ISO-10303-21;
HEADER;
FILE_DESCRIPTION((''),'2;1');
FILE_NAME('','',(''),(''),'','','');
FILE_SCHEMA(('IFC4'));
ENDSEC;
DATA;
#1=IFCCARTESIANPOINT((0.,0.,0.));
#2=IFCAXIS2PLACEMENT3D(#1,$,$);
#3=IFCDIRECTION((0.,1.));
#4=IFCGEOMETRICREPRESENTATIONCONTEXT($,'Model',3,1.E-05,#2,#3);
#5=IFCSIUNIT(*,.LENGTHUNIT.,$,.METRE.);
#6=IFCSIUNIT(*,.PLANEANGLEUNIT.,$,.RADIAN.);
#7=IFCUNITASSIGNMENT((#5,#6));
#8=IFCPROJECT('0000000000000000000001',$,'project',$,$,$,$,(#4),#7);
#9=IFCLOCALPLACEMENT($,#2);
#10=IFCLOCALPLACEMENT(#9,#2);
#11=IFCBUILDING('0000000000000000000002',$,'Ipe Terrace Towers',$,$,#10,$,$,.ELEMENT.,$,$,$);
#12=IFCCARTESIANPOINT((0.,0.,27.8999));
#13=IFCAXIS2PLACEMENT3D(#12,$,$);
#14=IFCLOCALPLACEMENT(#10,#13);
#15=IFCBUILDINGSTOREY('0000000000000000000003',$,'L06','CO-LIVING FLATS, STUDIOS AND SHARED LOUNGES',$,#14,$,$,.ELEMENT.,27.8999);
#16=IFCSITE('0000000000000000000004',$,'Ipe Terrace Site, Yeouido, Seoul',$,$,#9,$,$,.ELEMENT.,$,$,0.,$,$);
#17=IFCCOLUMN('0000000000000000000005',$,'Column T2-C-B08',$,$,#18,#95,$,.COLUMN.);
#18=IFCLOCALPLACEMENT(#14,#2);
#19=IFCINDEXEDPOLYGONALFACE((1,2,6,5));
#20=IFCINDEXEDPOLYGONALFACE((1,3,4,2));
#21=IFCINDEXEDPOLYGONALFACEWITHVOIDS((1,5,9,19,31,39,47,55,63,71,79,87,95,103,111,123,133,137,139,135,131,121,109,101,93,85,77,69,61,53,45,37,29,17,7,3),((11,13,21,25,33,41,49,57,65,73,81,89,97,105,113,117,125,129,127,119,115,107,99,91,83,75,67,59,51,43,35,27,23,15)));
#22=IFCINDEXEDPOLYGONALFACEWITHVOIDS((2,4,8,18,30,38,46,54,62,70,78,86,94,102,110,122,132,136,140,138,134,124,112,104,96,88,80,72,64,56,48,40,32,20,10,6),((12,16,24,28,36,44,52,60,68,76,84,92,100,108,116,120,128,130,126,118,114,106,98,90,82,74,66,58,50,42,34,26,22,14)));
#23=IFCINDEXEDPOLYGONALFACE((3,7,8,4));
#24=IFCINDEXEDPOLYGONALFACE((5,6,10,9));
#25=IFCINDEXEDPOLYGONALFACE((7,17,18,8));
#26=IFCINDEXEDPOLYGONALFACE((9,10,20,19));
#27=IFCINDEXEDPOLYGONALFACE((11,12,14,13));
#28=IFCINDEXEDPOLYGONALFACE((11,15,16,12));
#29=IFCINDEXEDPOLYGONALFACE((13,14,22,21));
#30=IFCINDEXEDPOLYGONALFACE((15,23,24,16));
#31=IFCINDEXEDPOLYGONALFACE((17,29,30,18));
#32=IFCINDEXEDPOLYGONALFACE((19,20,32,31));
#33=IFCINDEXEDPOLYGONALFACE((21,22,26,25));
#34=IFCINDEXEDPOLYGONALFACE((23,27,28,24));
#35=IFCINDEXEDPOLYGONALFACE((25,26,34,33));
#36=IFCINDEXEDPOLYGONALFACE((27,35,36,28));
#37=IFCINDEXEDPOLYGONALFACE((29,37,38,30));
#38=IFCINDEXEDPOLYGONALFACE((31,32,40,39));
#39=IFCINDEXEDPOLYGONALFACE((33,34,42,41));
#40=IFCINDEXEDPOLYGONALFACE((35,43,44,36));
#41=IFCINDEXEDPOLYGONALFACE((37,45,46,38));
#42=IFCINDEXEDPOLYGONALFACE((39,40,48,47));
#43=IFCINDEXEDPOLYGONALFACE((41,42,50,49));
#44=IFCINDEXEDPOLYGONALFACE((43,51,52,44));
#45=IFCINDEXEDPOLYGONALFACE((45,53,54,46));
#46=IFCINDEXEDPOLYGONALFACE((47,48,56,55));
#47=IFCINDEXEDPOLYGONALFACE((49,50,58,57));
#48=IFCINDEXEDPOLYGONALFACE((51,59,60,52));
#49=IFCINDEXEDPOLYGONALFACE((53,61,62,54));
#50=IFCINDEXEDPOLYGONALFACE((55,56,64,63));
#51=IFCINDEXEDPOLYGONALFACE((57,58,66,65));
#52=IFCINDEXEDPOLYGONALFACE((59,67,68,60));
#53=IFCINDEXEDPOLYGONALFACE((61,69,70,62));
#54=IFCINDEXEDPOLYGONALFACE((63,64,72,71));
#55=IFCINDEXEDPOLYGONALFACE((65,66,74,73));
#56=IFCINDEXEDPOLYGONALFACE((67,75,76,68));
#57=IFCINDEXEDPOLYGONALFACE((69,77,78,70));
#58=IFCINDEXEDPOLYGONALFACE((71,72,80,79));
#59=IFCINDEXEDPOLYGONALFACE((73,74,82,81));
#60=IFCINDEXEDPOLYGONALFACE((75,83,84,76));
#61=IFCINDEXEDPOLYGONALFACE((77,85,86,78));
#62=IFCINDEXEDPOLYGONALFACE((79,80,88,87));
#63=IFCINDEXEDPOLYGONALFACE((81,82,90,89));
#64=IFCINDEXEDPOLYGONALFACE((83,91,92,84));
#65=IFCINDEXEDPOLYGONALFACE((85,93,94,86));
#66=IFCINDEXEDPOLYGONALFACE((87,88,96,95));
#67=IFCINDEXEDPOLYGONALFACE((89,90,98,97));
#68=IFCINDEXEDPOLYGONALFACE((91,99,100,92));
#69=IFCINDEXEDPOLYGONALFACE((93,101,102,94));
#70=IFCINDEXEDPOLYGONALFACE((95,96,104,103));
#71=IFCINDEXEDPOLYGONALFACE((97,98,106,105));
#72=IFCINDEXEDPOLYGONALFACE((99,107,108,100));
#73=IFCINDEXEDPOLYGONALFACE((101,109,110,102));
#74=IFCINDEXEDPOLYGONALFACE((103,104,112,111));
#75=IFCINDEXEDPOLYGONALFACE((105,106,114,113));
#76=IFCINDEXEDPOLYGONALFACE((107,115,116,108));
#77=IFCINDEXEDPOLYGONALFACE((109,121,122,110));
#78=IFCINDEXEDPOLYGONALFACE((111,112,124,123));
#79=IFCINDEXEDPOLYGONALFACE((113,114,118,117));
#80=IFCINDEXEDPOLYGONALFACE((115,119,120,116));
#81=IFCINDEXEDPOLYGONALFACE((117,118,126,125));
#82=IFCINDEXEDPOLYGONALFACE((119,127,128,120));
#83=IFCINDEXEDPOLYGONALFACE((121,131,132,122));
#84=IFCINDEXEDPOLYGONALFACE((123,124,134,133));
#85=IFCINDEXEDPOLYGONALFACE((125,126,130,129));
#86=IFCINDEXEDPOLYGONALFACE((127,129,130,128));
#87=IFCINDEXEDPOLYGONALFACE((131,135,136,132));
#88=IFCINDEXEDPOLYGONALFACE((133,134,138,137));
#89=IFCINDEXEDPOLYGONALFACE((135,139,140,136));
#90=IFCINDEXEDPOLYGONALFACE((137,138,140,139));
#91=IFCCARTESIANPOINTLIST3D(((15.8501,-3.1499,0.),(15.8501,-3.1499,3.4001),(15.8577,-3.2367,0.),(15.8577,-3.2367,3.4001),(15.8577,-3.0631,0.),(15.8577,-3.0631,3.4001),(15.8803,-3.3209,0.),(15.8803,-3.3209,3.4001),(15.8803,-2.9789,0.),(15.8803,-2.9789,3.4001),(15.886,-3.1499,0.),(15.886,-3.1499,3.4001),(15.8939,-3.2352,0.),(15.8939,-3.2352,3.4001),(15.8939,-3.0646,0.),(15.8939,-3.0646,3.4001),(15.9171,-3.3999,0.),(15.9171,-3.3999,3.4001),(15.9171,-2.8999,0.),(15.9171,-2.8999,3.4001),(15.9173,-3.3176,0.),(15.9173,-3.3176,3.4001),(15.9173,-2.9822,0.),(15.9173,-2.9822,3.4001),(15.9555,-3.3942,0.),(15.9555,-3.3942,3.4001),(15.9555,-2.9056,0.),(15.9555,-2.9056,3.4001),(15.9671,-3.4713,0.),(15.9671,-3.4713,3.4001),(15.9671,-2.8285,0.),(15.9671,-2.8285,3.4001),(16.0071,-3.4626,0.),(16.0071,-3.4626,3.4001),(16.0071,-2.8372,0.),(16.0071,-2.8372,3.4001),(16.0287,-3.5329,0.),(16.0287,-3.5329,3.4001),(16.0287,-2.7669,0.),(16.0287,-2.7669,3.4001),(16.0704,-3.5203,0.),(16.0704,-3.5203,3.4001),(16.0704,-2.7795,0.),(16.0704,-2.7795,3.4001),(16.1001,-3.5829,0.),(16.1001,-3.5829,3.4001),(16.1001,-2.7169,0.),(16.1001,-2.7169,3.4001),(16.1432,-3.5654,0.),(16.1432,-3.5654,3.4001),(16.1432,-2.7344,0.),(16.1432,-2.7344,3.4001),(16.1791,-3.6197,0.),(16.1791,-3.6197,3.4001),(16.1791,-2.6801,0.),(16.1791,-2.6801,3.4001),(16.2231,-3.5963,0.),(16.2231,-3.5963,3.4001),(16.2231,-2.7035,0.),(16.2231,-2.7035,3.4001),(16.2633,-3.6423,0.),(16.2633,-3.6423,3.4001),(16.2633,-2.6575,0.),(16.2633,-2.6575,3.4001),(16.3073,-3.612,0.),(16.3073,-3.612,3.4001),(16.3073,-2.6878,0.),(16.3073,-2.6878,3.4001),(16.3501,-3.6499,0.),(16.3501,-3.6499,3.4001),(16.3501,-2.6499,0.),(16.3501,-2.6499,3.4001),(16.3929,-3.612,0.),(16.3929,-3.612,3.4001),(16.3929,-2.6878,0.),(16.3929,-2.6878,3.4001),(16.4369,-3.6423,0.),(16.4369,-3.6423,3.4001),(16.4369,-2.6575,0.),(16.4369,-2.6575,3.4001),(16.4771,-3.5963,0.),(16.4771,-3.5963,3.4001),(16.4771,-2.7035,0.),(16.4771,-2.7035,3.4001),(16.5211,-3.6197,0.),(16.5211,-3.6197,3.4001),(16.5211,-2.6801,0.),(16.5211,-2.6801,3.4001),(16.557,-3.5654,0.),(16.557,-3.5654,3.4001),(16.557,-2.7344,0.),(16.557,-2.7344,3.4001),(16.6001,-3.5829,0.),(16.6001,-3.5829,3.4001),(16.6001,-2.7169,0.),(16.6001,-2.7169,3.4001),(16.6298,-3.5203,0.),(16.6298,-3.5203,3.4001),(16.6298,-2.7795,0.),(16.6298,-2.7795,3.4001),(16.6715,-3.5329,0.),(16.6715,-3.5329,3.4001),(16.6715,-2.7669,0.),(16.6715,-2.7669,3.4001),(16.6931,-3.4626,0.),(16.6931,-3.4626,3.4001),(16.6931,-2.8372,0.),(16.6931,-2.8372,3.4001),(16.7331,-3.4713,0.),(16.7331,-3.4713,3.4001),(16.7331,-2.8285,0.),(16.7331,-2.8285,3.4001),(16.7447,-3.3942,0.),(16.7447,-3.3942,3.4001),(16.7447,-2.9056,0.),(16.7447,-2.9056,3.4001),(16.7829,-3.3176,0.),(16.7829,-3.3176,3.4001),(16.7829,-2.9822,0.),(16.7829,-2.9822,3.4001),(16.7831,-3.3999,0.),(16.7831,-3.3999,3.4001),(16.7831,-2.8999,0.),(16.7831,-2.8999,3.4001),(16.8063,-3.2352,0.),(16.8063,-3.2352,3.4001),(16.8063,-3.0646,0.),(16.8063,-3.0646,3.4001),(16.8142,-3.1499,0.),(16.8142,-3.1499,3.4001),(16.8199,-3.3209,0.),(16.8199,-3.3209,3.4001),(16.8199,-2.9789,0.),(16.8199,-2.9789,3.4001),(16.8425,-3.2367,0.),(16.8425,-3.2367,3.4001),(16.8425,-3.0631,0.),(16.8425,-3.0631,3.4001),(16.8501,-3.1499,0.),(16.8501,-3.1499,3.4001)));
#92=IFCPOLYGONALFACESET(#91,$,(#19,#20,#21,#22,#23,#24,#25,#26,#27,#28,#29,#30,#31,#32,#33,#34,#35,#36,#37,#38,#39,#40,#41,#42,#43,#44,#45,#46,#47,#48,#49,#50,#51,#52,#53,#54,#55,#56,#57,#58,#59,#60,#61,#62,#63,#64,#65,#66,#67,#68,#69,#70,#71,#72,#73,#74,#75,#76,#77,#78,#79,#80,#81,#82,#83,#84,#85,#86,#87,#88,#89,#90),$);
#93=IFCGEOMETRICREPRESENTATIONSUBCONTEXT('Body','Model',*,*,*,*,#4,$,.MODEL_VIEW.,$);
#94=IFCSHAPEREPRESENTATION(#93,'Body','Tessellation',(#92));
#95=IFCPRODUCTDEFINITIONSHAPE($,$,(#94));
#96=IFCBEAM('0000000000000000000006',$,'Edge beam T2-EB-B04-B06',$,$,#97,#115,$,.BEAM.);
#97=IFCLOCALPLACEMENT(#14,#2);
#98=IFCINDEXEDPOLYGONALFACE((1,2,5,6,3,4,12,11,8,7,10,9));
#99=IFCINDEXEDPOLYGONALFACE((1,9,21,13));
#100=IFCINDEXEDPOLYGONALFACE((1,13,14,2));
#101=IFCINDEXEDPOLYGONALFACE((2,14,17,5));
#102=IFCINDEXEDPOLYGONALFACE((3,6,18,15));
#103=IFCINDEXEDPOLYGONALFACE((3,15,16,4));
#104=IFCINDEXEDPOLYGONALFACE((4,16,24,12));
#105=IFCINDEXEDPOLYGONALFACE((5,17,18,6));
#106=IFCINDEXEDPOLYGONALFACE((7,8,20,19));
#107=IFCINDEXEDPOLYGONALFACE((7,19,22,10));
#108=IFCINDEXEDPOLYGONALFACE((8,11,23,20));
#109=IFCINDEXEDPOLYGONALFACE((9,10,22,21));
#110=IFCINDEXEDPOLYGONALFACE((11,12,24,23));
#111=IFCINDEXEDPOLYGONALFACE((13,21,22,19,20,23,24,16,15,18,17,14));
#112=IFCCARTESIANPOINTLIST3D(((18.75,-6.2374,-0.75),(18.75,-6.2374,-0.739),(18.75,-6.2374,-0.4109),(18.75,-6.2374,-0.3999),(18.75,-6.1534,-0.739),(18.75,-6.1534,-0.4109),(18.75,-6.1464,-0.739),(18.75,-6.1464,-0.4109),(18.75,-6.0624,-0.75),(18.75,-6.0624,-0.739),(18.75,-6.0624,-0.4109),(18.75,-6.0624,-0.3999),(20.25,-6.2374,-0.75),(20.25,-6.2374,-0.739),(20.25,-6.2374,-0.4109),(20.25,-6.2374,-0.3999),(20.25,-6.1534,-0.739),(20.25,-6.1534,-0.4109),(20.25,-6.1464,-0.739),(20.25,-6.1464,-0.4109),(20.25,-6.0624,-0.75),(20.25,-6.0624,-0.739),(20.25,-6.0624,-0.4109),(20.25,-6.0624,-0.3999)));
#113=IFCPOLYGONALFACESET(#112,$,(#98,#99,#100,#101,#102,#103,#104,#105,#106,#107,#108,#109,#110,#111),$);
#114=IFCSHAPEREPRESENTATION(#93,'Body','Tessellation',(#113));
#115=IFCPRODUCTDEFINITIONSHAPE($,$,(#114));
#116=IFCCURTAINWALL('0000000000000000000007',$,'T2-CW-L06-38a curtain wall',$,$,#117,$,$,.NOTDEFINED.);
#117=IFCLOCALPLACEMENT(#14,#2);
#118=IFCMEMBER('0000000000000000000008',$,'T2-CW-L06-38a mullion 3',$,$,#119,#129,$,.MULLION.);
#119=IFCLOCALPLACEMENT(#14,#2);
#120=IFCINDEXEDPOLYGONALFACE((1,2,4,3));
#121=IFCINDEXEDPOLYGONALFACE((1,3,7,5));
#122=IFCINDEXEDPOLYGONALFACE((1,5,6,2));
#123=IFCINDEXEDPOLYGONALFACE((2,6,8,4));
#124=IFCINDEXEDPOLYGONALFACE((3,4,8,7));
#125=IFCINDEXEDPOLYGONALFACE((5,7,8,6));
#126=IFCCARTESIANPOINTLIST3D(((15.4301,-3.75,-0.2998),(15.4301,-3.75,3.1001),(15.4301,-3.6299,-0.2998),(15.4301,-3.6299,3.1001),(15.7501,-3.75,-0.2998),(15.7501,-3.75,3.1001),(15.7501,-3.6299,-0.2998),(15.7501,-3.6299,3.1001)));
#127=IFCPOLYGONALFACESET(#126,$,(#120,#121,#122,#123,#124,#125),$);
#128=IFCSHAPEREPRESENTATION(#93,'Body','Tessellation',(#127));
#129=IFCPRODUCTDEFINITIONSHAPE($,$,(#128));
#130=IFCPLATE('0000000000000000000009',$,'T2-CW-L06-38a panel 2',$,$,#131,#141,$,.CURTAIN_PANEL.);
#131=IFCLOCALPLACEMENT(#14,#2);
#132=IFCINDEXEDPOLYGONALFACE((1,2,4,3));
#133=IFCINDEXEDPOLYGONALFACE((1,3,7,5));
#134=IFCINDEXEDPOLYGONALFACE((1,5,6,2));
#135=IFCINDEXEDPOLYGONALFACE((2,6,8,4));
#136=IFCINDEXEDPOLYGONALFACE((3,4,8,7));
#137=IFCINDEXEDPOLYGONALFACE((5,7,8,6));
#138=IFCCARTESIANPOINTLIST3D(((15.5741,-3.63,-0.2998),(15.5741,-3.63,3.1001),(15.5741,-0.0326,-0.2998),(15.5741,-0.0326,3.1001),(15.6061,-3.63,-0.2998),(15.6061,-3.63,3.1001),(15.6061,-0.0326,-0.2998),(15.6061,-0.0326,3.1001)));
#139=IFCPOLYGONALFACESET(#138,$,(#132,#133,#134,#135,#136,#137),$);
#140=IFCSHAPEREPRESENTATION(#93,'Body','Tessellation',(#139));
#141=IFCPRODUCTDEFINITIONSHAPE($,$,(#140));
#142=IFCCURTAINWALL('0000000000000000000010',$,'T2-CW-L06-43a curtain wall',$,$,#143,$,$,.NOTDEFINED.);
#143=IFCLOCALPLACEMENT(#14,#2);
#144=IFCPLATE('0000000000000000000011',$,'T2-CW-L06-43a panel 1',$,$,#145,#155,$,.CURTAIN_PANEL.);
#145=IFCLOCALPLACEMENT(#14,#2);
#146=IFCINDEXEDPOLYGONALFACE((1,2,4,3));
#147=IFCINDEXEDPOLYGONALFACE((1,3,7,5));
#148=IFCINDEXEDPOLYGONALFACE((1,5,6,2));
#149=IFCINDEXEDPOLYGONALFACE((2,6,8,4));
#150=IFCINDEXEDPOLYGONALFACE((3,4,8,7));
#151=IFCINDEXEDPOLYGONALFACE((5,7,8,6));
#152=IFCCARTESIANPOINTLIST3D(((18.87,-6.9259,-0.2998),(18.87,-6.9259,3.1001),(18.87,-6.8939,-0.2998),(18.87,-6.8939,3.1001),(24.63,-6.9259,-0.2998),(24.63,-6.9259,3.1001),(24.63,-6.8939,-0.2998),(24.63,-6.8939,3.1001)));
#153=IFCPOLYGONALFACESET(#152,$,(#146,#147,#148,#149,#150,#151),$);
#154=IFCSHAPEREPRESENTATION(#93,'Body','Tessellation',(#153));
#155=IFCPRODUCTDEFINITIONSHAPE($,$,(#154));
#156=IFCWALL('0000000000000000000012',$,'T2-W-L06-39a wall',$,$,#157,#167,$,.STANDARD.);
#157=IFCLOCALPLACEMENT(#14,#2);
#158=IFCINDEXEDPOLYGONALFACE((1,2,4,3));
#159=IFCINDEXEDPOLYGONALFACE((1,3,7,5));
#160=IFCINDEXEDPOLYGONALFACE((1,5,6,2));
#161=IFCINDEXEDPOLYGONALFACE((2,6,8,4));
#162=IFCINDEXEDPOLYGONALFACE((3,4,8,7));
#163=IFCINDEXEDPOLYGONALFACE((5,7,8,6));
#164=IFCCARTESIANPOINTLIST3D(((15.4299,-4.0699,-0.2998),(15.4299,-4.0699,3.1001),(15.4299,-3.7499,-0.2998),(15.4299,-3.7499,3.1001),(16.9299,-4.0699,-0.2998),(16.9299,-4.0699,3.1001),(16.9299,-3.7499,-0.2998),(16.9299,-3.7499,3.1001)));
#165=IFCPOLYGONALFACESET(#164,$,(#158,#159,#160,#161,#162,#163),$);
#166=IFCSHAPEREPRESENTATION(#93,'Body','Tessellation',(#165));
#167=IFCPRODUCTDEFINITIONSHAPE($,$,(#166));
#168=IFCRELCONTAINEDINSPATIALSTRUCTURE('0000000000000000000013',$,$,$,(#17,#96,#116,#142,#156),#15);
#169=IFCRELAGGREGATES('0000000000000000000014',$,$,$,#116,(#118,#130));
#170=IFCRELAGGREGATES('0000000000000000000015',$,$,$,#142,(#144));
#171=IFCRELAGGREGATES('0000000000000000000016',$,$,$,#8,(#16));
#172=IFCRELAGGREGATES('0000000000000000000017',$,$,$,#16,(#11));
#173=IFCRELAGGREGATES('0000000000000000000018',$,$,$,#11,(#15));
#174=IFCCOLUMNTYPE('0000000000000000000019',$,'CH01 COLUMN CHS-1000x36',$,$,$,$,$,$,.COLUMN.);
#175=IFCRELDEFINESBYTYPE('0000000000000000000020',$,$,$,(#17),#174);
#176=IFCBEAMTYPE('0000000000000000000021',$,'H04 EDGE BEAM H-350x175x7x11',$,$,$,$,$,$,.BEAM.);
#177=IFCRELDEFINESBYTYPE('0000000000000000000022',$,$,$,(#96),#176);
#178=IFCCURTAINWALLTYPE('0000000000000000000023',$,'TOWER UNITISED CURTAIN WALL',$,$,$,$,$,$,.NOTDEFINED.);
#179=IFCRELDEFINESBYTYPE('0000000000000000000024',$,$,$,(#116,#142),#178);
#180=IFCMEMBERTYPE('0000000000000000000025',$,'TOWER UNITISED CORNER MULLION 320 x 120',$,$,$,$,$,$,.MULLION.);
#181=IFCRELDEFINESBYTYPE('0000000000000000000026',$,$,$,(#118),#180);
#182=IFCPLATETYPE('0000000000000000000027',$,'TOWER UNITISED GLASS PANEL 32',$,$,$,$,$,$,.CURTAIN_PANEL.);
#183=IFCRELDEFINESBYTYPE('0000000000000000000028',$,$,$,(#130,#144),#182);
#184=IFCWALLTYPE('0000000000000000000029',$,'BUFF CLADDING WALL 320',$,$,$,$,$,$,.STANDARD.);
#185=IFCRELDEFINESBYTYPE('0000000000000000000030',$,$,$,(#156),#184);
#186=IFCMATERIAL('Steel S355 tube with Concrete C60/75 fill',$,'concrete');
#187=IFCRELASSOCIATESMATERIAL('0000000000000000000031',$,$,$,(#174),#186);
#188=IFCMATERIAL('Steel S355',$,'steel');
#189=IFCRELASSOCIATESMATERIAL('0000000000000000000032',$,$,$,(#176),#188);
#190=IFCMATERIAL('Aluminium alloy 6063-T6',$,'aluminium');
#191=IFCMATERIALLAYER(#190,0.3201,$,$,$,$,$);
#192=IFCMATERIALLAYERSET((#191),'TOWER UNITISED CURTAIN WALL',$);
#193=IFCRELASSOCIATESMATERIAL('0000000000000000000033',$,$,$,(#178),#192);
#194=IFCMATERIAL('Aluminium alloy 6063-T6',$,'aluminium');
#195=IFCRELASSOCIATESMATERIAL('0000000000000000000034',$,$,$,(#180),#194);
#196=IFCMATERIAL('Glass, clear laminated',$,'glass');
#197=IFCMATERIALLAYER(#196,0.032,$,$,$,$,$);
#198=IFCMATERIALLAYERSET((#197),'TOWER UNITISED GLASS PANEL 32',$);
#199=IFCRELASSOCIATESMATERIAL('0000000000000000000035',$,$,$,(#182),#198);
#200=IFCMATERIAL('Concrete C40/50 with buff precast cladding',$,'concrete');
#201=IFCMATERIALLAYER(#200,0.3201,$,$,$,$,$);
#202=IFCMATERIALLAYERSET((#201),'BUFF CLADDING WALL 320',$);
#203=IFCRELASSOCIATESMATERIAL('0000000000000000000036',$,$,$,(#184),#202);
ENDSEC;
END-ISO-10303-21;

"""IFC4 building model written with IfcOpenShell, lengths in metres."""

from ifc_helpers import new_model, si_unit, direction, frame, frame_2d, origin, origin_2d, place, context, subcontext, project, spatial, rectangle, hollow_circle, i_section, extrude, material, layer, layer_set, material_profile, profile_set, type_object, element, aggregate, save


model = new_model("IFC4")

# Units and contexts
model_context = context("Model", 3, precision=1e-05, world=origin(), true_north=direction((0.0, 1.0)))
body_context = subcontext(model_context, "Body", "Model", "MODEL_VIEW")
ifc_project = project(units=[si_unit("LENGTHUNIT", "METRE"), si_unit("PLANEANGLEUNIT", "RADIAN")], contexts=[model_context])

# Site, building, storey
site_placement = place(None, origin())
site = spatial("IfcSite", under=ifc_project, at=site_placement, Name="Ipe Terrace Site, Yeouido, Seoul", CompositionType="ELEMENT", RefElevation=0.0)
building_placement = place(site_placement, origin())
building = spatial("IfcBuilding", under=site, at=building_placement, Name="Ipe Terrace Towers", CompositionType="ELEMENT")
storey_placement = place(building_placement, frame((0.0, 0.0, 27.8999)))
storey = spatial("IfcBuildingStorey", under=building, at=storey_placement, Name="L06", Description="CO-LIVING FLATS, STUDIOS AND SHARED LOUNGES", CompositionType="ELEMENT", Elevation=27.8999)

# Column
ifc_material_1 = material(Name="Steel S355 tube with Concrete C60/75 fill", Category="concrete")
ifc_material_profile_1 = material_profile(ifc_material_1, hollow_circle(Radius=0.5, WallThickness=0.0359, at=origin_2d()), Name="CHS-1000x36")
ifc_profile_set_1 = profile_set([ifc_material_profile_1], Name="Steel S355 tube with Concrete C60/75 fill")
column_type = type_object("IfcColumnType", Name="CH01 COLUMN CHS-1000x36", PredefinedType="COLUMN", material=ifc_profile_set_1)
for number, where, z_axis, x_axis, name in (
    (1, (16.3501, -3.1499, 0.0), (0.0, 0.0, 1.0), (1.0, 0.0, 0.0), "Column T2-C-B08"),
):
    element("IfcColumn", number, at=place(storey_placement, frame(where, z_axis=z_axis, x_axis=x_axis)), inside=storey, type_object=column_type, Name=name, PredefinedType="COLUMN", context=body_context, shape_type="SweptSolid", body=[
        extrude(hollow_circle(Radius=0.5, WallThickness=0.0359, at=origin_2d()), origin(), (0.0, 0.0, 1.0), 3.4001),
    ])

# Beam
ifc_material_2 = material(Name="Steel S355", Category="steel")
ifc_material_profile_2 = material_profile(ifc_material_2, i_section(OverallWidth=0.175, OverallDepth=0.3501, WebThickness=0.0071, FlangeThickness=0.011, at=origin_2d()), Name="H-350x175x7x11")
ifc_profile_set_2 = profile_set([ifc_material_profile_2], Name="Steel S355")
beam_type = type_object("IfcBeamType", Name="H04 EDGE BEAM H-350x175x7x11", PredefinedType="BEAM", material=ifc_profile_set_2)
beam_placement = place(storey_placement, frame((20.25, -6.1499, -0.575), z_axis=(-1.0, 0.0, 0.0), x_axis=(0.0, -1.0, 0.0)))
element("IfcBeam", 2, at=beam_placement, inside=storey, type_object=beam_type, Name="Edge beam T2-EB-B04-B06", PredefinedType="BEAM", context=body_context, shape_type="SweptSolid", body=[
    extrude(i_section(OverallWidth=0.175, OverallDepth=0.3501, WebThickness=0.0071, FlangeThickness=0.011, at=origin_2d()), origin(), (0.0, 0.0, 1.0), 1.5),
])

# Curtain wall, member, plate
ifc_material_3 = material(Name="Aluminium alloy 6063-T6", Category="aluminium")
ifc_layer_1 = layer(ifc_material_3, 0.3201)
ifc_layer_set_1 = layer_set([ifc_layer_1], Name="TOWER UNITISED CURTAIN WALL")
curtain_wall_type = type_object("IfcCurtainWallType", Name="TOWER UNITISED CURTAIN WALL", PredefinedType="NOTDEFINED", material=ifc_layer_set_1)
curtain_wall_1_placement = place(storey_placement, origin())
curtain_wall_1 = element("IfcCurtainWall", 3, at=curtain_wall_1_placement, inside=storey, type_object=curtain_wall_type, Name="T2-CW-L06-38a curtain wall", PredefinedType="NOTDEFINED")
ifc_material_4 = material(Name="Aluminium alloy 6063-T6", Category="aluminium")
ifc_material_profile_3 = material_profile(ifc_material_4, rectangle(XDim=0.3201, YDim=0.1201, at=origin_2d()), Name="TOWER UNITISED CORNER MULLION 320 x 120")
ifc_profile_set_3 = profile_set([ifc_material_profile_3], Name="Aluminium alloy 6063-T6")
member_type = type_object("IfcMemberType", Name="TOWER UNITISED CORNER MULLION 320 x 120", PredefinedType="MULLION", material=ifc_profile_set_3)
member_placement = place(storey_placement, frame((15.5901, -3.6899, -0.2998), z_axis=(0.0, 0.0, 1.0), x_axis=(-1.0, 0.0, 0.0)))
member = element("IfcMember", 4, at=member_placement, type_object=member_type, Name="T2-CW-L06-38a mullion 3", PredefinedType="MULLION", context=body_context, shape_type="SweptSolid", body=[
    extrude(rectangle(XDim=0.3201, YDim=0.1201, at=origin_2d()), origin(), (0.0, 0.0, 1.0), 3.3999),
])
ifc_material_5 = material(Name="Glass, clear laminated", Category="glass")
ifc_layer_2 = layer(ifc_material_5, 0.032)
ifc_layer_set_2 = layer_set([ifc_layer_2], Name="TOWER UNITISED GLASS PANEL 32")
plate_type = type_object("IfcPlateType", Name="TOWER UNITISED GLASS PANEL 32", PredefinedType="CURTAIN_PANEL", material=ifc_layer_set_2)
plate_1_placement = place(storey_placement, frame((15.5901, -1.8313, -0.2998), z_axis=(0.0, 0.0, 1.0), x_axis=(0.0, -1.0, 0.0)))
plate_1 = element("IfcPlate", 5, at=plate_1_placement, type_object=plate_type, Name="T2-CW-L06-38a panel 2", PredefinedType="CURTAIN_PANEL", context=body_context, shape_type="SweptSolid", body=[
    extrude(rectangle(XDim=3.5974, YDim=0.032, at=origin_2d()), origin(), (0.0, 0.0, 1.0), 3.3999),
])
aggregate(curtain_wall_1, [member, plate_1])

# Curtain wall, plate
curtain_wall_2_placement = place(storey_placement, origin())
curtain_wall_2 = element("IfcCurtainWall", 6, at=curtain_wall_2_placement, inside=storey, type_object=curtain_wall_type, Name="T2-CW-L06-43a curtain wall", PredefinedType="NOTDEFINED")
plate_2_placement = place(storey_placement, frame((21.75, -6.9099, -0.2998), z_axis=(0.0, 0.0, 1.0), x_axis=(1.0, 0.0, 0.0)))
plate_2 = element("IfcPlate", 7, at=plate_2_placement, type_object=plate_type, Name="T2-CW-L06-43a panel 1", PredefinedType="CURTAIN_PANEL", context=body_context, shape_type="SweptSolid", body=[
    extrude(rectangle(XDim=5.76, YDim=0.032, at=origin_2d()), origin(), (0.0, 0.0, 1.0), 3.3999),
])
aggregate(curtain_wall_2, [plate_2])

# Wall
ifc_material_6 = material(Name="Concrete C40/50 with buff precast cladding", Category="concrete")
ifc_layer_3 = layer(ifc_material_6, 0.3201)
ifc_layer_set_3 = layer_set([ifc_layer_3], Name="BUFF CLADDING WALL 320")
wall_type_1 = type_object("IfcWallType", Name="BUFF CLADDING WALL 320", PredefinedType="STANDARD", material=ifc_layer_set_3)
wall_1_placement = place(storey_placement, frame((15.4299, -3.9099, -0.2998), z_axis=(0.0, 0.0, 1.0), x_axis=(1.0, 0.0, 0.0)))
element("IfcWall", 8, at=wall_1_placement, inside=storey, type_object=wall_type_1, Name="T2-W-L06-39a wall", PredefinedType="STANDARD", context=body_context, shape_type="SweptSolid", body=[
    extrude(rectangle(XDim=1.5, YDim=0.3201, at=frame_2d((0.75, 0.0))), origin(), (0.0, 0.0, 1.0), 3.3999),
])

save(model, "model.ifc")
